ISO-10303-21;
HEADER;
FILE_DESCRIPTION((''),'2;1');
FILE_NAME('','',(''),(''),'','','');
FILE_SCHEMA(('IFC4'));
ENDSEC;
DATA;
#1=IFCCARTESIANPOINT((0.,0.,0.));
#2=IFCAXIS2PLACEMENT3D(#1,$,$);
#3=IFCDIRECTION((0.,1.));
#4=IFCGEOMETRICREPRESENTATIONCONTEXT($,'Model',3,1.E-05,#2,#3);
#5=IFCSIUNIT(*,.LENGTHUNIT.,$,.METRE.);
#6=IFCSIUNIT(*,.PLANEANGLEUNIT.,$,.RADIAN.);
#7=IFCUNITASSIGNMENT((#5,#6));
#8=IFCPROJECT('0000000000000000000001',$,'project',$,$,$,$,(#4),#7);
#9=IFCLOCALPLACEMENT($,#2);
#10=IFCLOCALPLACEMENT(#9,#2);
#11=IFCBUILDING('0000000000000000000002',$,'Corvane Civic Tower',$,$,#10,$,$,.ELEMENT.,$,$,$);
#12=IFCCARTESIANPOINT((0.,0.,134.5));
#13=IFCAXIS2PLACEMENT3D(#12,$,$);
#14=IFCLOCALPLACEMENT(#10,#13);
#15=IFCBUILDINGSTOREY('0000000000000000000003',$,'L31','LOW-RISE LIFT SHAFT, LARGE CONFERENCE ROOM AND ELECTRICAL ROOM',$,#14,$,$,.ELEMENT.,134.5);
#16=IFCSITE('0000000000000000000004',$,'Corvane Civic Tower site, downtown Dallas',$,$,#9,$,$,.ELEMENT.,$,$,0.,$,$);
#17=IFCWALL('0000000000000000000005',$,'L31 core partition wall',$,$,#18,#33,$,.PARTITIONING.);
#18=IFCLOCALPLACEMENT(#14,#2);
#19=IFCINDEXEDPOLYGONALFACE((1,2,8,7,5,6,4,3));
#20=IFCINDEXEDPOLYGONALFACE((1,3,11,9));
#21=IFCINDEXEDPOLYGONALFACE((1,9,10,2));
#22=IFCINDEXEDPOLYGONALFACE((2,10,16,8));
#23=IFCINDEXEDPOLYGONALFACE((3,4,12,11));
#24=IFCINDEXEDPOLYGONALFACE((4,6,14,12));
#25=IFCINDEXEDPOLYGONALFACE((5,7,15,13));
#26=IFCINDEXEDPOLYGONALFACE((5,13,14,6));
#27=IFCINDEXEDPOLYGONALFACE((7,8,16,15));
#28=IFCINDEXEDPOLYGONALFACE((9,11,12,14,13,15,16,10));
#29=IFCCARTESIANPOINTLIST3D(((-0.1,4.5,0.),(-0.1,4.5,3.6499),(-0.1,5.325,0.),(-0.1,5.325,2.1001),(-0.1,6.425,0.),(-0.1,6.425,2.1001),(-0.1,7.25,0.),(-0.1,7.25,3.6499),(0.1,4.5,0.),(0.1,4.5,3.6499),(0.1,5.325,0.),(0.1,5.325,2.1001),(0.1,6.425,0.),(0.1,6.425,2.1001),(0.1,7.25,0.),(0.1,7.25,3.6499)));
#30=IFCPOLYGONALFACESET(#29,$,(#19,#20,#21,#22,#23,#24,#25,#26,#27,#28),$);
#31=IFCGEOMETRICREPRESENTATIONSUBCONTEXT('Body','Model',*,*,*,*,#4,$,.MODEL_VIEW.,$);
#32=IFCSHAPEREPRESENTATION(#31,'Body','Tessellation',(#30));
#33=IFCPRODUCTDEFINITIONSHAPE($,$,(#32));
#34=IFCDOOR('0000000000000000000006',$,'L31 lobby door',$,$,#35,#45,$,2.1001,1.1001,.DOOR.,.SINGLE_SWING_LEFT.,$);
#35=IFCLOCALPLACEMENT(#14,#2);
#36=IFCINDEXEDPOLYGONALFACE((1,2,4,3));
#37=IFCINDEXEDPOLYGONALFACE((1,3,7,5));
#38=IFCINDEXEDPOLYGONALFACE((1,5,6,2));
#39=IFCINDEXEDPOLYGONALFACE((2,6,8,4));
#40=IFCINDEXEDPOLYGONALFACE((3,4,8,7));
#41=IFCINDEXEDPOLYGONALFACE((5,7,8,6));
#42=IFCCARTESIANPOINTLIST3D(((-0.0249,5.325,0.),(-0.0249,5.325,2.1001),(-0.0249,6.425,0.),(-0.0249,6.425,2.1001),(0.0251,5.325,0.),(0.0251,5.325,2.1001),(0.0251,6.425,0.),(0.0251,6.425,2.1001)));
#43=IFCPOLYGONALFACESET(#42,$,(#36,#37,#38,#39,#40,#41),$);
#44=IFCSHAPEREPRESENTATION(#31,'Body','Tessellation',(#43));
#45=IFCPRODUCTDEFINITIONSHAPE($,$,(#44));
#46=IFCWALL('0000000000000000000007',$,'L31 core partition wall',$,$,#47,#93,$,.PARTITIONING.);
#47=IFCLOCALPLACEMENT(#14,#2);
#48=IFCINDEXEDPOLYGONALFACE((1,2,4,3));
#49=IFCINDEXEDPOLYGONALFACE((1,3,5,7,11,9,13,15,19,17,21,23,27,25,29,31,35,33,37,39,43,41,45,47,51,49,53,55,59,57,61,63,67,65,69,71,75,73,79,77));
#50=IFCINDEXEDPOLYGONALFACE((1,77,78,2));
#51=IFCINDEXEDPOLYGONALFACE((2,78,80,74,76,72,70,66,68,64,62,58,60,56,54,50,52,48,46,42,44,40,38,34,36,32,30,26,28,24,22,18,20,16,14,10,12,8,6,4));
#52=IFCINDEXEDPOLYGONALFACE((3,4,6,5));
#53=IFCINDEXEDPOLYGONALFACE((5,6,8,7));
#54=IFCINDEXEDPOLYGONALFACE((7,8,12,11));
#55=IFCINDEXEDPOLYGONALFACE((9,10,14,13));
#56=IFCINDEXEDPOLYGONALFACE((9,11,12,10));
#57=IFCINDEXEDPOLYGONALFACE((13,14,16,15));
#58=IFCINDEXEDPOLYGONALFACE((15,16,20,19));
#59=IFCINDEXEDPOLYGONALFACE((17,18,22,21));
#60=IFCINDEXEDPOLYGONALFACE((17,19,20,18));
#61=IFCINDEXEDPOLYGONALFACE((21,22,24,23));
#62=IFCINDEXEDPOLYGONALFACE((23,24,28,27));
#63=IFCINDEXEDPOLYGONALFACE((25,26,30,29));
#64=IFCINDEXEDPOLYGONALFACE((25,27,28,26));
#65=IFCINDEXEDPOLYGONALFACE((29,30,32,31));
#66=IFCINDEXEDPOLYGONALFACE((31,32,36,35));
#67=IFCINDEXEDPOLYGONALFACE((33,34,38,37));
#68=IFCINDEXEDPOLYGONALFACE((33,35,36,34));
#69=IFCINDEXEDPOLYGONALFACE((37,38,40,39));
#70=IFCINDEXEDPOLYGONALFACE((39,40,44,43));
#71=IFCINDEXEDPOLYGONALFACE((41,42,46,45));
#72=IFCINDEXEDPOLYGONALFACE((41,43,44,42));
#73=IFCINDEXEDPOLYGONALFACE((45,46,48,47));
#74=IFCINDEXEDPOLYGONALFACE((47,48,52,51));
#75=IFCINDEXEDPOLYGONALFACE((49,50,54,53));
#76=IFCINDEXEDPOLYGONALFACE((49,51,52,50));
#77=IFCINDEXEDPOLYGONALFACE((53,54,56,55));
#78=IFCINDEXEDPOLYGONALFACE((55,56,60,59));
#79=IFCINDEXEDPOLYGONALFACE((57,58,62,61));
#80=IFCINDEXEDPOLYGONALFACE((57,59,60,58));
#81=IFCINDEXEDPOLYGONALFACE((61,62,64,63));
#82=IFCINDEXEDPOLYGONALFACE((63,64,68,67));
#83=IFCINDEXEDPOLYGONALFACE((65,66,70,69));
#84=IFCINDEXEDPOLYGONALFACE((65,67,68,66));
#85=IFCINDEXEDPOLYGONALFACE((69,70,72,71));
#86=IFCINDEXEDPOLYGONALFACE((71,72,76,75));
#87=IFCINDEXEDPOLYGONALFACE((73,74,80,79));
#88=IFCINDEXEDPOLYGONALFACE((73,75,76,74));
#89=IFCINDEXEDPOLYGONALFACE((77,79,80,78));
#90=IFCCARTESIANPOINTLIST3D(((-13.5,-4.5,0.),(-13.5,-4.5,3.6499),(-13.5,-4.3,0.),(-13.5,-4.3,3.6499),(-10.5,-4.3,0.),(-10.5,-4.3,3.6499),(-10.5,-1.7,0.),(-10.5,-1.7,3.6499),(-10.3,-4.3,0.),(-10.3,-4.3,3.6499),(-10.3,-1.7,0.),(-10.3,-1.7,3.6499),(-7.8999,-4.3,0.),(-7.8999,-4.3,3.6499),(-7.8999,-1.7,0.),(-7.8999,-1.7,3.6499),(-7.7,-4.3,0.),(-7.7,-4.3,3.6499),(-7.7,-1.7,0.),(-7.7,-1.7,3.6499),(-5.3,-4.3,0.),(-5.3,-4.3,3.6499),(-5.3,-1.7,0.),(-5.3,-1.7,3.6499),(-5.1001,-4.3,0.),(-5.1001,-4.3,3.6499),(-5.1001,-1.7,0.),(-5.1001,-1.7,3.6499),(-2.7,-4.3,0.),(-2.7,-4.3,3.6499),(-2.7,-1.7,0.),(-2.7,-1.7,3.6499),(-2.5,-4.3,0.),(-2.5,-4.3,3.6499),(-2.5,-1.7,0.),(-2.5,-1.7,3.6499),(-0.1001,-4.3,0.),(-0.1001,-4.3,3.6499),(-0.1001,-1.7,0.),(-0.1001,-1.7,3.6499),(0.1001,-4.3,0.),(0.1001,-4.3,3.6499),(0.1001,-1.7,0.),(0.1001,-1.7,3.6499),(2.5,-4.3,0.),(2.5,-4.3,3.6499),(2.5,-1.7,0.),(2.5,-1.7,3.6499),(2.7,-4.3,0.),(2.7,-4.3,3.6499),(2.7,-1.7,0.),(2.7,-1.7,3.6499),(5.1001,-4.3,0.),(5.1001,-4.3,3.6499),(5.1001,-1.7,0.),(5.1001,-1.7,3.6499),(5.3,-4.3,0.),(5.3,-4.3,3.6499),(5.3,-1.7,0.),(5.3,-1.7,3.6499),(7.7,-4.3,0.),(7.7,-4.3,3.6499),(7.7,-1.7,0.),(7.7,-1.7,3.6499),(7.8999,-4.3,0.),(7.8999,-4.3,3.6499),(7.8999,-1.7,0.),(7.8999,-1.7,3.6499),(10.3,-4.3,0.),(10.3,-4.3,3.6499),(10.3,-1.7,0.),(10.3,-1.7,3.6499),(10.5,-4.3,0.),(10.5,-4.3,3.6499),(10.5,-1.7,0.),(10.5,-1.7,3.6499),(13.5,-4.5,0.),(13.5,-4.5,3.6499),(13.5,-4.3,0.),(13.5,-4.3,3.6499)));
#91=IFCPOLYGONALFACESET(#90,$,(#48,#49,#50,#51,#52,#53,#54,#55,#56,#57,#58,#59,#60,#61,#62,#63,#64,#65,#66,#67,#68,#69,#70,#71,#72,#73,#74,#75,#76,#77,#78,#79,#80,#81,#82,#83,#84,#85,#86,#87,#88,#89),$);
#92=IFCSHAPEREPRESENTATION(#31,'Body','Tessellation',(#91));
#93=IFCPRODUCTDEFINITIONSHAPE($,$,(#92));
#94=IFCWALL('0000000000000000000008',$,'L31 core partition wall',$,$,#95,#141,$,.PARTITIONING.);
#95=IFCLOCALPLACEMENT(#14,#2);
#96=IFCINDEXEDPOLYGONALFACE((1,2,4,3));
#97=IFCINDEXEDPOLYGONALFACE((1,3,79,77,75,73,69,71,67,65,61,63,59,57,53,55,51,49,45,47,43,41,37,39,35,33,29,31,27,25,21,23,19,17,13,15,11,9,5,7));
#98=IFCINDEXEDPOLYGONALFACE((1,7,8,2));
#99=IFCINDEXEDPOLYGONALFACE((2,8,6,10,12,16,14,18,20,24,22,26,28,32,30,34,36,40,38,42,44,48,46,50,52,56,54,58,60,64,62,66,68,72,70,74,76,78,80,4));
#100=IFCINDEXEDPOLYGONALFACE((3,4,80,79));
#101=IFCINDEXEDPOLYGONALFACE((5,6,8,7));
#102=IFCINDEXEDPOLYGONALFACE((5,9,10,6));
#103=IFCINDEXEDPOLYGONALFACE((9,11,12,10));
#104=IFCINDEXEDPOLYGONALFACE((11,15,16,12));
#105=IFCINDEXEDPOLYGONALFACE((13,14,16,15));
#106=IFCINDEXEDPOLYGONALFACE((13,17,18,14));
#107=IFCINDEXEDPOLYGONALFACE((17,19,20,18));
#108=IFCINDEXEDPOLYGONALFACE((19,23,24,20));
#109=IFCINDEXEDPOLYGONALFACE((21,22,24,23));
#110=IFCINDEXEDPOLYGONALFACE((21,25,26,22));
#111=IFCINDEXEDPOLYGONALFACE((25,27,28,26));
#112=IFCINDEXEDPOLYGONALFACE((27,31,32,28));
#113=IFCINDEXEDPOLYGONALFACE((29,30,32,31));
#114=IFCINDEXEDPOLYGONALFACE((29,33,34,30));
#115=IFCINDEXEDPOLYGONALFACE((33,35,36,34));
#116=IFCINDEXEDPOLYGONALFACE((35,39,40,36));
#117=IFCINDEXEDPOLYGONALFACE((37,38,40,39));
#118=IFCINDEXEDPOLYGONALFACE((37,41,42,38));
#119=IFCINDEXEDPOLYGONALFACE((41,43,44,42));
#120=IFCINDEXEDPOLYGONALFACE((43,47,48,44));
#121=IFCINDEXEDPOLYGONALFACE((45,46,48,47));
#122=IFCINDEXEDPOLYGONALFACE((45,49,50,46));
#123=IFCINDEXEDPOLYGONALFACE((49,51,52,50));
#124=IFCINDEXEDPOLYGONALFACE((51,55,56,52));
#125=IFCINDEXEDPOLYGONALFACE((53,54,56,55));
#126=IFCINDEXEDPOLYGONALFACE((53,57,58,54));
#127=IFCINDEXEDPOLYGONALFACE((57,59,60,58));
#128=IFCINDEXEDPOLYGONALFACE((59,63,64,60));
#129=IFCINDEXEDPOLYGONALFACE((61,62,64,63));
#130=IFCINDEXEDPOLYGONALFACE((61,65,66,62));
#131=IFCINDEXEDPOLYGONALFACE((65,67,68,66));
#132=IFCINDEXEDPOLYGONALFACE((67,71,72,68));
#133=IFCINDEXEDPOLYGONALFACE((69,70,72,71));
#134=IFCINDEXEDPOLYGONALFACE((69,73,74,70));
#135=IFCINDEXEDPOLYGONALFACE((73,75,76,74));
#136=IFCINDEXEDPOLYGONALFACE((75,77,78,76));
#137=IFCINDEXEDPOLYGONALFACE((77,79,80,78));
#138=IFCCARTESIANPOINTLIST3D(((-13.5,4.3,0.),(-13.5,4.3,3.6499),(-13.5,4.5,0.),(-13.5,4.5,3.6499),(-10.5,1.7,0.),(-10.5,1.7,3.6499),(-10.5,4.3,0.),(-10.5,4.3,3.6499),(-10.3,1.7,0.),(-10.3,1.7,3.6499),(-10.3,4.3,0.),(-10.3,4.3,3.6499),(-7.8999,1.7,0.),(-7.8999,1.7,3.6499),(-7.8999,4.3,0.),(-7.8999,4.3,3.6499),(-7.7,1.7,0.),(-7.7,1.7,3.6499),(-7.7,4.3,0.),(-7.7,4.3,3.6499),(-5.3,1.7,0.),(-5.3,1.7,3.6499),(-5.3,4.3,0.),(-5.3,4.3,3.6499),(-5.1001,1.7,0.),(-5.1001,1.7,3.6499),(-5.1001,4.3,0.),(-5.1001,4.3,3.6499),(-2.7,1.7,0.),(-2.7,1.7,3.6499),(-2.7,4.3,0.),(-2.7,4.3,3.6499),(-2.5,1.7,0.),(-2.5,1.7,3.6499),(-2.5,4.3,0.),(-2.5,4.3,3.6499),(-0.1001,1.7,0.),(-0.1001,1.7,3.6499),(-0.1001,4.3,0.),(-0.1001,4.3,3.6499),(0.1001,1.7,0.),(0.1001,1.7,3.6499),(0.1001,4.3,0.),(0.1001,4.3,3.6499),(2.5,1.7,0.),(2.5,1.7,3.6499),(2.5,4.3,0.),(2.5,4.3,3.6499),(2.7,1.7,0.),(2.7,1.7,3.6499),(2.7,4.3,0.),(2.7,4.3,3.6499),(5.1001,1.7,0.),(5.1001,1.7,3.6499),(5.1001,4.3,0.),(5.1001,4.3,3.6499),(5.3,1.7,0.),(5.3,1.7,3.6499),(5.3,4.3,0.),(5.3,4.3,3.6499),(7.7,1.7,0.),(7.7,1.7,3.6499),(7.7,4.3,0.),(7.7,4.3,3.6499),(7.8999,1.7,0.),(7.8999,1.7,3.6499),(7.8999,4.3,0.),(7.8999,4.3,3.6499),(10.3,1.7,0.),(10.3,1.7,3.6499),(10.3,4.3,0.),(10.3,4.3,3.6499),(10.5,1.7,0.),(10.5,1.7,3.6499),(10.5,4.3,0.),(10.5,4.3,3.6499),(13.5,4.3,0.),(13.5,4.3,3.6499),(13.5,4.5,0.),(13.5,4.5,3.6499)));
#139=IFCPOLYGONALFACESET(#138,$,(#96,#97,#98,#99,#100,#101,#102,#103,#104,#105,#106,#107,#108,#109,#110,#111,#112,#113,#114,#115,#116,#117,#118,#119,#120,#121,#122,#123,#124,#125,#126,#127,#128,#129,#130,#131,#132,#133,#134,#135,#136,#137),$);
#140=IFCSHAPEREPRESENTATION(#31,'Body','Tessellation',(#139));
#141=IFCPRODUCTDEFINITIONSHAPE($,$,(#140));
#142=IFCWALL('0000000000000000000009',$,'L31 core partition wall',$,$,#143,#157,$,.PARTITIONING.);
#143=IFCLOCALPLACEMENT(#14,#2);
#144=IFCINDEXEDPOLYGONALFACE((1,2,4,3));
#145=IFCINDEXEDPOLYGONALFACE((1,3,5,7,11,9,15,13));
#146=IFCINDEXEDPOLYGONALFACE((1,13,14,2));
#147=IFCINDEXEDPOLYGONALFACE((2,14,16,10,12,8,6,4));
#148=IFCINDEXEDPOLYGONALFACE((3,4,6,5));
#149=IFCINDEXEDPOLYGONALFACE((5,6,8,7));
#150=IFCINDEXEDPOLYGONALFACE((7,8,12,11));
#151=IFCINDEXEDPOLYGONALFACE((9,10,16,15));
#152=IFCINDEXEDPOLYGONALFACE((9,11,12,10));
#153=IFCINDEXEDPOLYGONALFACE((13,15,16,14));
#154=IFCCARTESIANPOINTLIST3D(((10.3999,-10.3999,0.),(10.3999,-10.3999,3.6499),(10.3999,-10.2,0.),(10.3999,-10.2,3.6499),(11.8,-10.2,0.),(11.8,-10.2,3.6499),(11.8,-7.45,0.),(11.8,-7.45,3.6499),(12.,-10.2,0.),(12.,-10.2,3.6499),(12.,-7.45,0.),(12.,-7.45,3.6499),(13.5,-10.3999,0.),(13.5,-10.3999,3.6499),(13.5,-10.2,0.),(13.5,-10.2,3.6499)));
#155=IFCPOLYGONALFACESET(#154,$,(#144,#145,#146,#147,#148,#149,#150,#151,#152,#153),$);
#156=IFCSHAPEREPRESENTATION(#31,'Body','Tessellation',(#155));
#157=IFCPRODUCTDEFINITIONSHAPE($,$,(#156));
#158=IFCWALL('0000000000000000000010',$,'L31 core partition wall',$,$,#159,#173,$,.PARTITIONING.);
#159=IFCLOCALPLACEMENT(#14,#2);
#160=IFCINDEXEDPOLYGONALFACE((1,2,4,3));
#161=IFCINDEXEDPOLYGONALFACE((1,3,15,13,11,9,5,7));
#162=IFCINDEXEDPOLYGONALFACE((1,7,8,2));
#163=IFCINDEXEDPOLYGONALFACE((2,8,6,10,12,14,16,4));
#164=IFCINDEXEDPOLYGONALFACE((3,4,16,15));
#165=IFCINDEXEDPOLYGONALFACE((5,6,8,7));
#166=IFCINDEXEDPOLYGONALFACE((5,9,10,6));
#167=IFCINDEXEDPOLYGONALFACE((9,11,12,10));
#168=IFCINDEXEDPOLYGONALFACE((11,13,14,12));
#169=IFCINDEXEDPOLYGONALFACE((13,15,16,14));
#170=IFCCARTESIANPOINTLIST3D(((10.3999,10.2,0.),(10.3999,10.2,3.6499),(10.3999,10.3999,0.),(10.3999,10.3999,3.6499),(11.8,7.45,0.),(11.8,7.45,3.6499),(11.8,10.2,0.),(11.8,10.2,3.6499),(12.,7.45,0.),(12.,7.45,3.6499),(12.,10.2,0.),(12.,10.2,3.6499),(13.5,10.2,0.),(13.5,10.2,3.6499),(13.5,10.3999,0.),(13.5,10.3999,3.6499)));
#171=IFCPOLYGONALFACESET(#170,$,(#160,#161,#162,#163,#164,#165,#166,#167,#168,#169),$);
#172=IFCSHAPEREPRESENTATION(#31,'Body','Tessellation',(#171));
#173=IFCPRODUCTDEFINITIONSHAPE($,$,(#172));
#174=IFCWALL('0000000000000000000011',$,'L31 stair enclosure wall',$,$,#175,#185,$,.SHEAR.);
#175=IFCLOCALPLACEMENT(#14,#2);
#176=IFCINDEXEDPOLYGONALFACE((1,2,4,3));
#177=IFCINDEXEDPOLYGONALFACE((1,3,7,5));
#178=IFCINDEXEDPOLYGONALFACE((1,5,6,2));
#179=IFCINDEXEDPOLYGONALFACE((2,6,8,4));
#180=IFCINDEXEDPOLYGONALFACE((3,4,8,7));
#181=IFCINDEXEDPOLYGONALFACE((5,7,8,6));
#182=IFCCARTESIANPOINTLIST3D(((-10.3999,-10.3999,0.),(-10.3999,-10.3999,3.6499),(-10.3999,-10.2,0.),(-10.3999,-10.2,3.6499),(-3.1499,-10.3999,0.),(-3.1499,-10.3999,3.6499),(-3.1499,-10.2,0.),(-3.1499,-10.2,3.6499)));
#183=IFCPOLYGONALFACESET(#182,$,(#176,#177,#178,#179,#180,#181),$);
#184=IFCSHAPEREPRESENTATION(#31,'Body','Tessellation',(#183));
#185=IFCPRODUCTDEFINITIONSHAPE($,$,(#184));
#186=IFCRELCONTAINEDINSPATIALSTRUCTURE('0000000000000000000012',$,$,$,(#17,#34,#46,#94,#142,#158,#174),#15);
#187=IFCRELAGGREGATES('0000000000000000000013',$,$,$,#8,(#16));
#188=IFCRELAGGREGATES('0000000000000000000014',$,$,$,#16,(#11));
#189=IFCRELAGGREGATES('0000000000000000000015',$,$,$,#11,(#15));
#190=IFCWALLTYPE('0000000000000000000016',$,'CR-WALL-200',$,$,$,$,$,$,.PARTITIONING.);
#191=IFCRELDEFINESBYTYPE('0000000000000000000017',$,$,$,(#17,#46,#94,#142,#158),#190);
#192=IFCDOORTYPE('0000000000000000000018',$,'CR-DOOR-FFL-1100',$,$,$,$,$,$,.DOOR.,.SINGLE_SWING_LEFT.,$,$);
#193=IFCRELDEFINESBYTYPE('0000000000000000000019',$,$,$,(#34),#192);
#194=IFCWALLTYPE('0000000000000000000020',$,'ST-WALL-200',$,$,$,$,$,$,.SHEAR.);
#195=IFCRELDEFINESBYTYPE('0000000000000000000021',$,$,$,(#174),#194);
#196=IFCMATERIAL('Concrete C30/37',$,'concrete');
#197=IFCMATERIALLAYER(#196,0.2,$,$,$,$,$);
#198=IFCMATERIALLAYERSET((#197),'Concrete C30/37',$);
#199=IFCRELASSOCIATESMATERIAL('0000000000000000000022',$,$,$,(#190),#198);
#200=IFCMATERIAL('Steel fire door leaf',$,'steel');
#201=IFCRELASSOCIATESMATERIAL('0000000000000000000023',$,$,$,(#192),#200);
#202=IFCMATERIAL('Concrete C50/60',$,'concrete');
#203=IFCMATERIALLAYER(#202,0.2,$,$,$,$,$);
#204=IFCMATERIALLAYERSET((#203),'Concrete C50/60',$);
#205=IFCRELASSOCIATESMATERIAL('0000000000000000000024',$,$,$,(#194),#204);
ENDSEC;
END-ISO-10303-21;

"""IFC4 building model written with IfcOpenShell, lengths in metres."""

from ifc_helpers import new_model, si_unit, direction, frame, frame_2d, origin, place, context, subcontext, project, spatial, polyline, rectangle, outline, extrude, material, layer, layer_set, type_object, element, fill, save


model = new_model("IFC4")

# Units and contexts
model_context = context("Model", 3, precision=1e-05, world=origin(), true_north=direction((0.0, 1.0)))
body_context = subcontext(model_context, "Body", "Model", "MODEL_VIEW")
ifc_project = project(units=[si_unit("LENGTHUNIT", "METRE"), si_unit("PLANEANGLEUNIT", "RADIAN")], contexts=[model_context])

# Site, building, storey
site_placement = place(None, origin())
site = spatial("IfcSite", under=ifc_project, at=site_placement, Name="Corvane Civic Tower site, downtown Dallas", CompositionType="ELEMENT", RefElevation=0.0)
building_placement = place(site_placement, origin())
building = spatial("IfcBuilding", under=site, at=building_placement, Name="Corvane Civic Tower", CompositionType="ELEMENT")
storey_placement = place(building_placement, frame((0.0, 0.0, 134.5)))
storey = spatial("IfcBuildingStorey", under=building, at=storey_placement, Name="L31", Description="LOW-RISE LIFT SHAFT, LARGE CONFERENCE ROOM AND ELECTRICAL ROOM", CompositionType="ELEMENT", Elevation=134.5)

# Wall, opening, door
ifc_material_1 = material(Name="Concrete C30/37", Category="concrete")
ifc_layer_1 = layer(ifc_material_1, 0.2)
ifc_layer_set_1 = layer_set([ifc_layer_1], Name="Concrete C30/37")
wall_type_1 = type_object("IfcWallType", Name="CR-WALL-200", PredefinedType="PARTITIONING", material=ifc_layer_set_1)
wall_1_placement = place(storey_placement, frame((0.0, 4.5, 0.0), z_axis=(0.0, 0.0, 1.0), x_axis=(0.0, 1.0, 0.0)))
wall_1 = element("IfcWall", 1, at=wall_1_placement, inside=storey, type_object=wall_type_1, Name="L31 core partition wall", PredefinedType="PARTITIONING", context=body_context, shape_type="SweptSolid", body=[
    extrude(rectangle(XDim=2.75, YDim=0.2, at=frame_2d((1.375, 0.0))), origin(), (0.0, 0.0, 1.0), 3.6499),
])
opening_placement = place(wall_1_placement, frame((0.825, 0.0, 0.0)))
opening = element("IfcOpeningElement", 2, at=opening_placement, cuts=wall_1, PredefinedType="OPENING", context=body_context, shape_type="SweptSolid", body=[
    extrude(rectangle(XDim=1.1001, YDim=2.1001, at=frame_2d((0.55, 1.05))), frame((0.0, 0.1099, 0.0), z_axis=(0.0, -1.0, 0.0), x_axis=(1.0, 0.0, 0.0)), (0.0, 0.0, 1.0), 0.22),
])
ifc_material_2 = material(Name="Steel fire door leaf", Category="steel")
door_type = type_object("IfcDoorType", Name="CR-DOOR-FFL-1100", OperationType="SINGLE_SWING_LEFT", PredefinedType="DOOR", material=ifc_material_2)
door_placement = place(opening_placement, origin())
door = element("IfcDoor", 3, at=door_placement, inside=storey, type_object=door_type, Name="L31 lobby door", OperationType="SINGLE_SWING_LEFT", OverallHeight=2.1001, OverallWidth=1.1001, PredefinedType="DOOR", context=body_context, shape_type="SweptSolid", body=[
    extrude(rectangle(XDim=1.1001, YDim=2.1001, at=frame_2d((0.55, 1.05))), frame((0.0, 0.0249, 0.0), z_axis=(0.0, -1.0, 0.0), x_axis=(1.0, 0.0, 0.0)), (0.0, 0.0, 1.0), 0.05),
])
fill(opening, door)

# Walls
wall_2_placement = place(storey_placement, origin())
element("IfcWall", 4, at=wall_2_placement, inside=storey, type_object=wall_type_1, Name="L31 core partition wall", PredefinedType="PARTITIONING", context=body_context, shape_type="SweptSolid", body=[
    extrude(outline(polyline([(-10.3, -1.7), (-10.3, -4.3), (-7.8999, -4.3), (-7.8999, -1.7), (-7.7, -1.7), (-7.7, -4.3), (-5.3, -4.3), (-5.3, -1.7), (-5.1001, -1.7), (-5.1001, -4.3), (-2.7, -4.3), (-2.7, -1.7), (-2.5, -1.7), (-2.5, -4.3), (-0.1001, -4.3), (-0.1001, -1.7), (0.1001, -1.7), (0.1001, -4.3), (2.5, -4.3), (2.5, -1.7), (2.7, -1.7), (2.7, -4.3), (5.1001, -4.3), (5.1001, -1.7), (5.3, -1.7), (5.3, -4.3), (7.7, -4.3), (7.7, -1.7), (7.8999, -1.7), (7.8999, -4.3), (10.3, -4.3), (10.3, -1.7), (10.5, -1.7), (10.5, -4.3), (13.5, -4.3), (13.5, -4.5), (-13.5, -4.5), (-13.5, -4.3), (-10.5, -4.3), (-10.5, -1.7), (-10.3, -1.7)])), origin(), (0.0, 0.0, 1.0), 3.6499),
])
wall_3_placement = place(storey_placement, origin())
element("IfcWall", 5, at=wall_3_placement, inside=storey, type_object=wall_type_1, Name="L31 core partition wall", PredefinedType="PARTITIONING", context=body_context, shape_type="SweptSolid", body=[
    extrude(outline(polyline([(-10.3, 1.7), (-10.5, 1.7), (-10.5, 4.3), (-13.5, 4.3), (-13.5, 4.5), (13.5, 4.5), (13.5, 4.3), (10.5, 4.3), (10.5, 1.7), (10.3, 1.7), (10.3, 4.3), (7.8999, 4.3), (7.8999, 1.7), (7.7, 1.7), (7.7, 4.3), (5.3, 4.3), (5.3, 1.7), (5.1001, 1.7), (5.1001, 4.3), (2.7, 4.3), (2.7, 1.7), (2.5, 1.7), (2.5, 4.3), (0.1001, 4.3), (0.1001, 1.7), (-0.1001, 1.7), (-0.1001, 4.3), (-2.5, 4.3), (-2.5, 1.7), (-2.7, 1.7), (-2.7, 4.3), (-5.1001, 4.3), (-5.1001, 1.7), (-5.3, 1.7), (-5.3, 4.3), (-7.7, 4.3), (-7.7, 1.7), (-7.8999, 1.7), (-7.8999, 4.3), (-10.3, 4.3), (-10.3, 1.7)])), origin(), (0.0, 0.0, 1.0), 3.6499),
])
wall_4_placement = place(storey_placement, origin())
element("IfcWall", 6, at=wall_4_placement, inside=storey, type_object=wall_type_1, Name="L31 core partition wall", PredefinedType="PARTITIONING", context=body_context, shape_type="SweptSolid", body=[
    extrude(outline(polyline([(11.8, -7.45), (12.0, -7.45), (12.0, -10.2), (13.5, -10.2), (13.5, -10.3999), (10.3999, -10.3999), (10.3999, -10.2), (11.8, -10.2), (11.8, -7.45)])), origin(), (0.0, 0.0, 1.0), 3.6499),
])
wall_5_placement = place(storey_placement, origin())
element("IfcWall", 7, at=wall_5_placement, inside=storey, type_object=wall_type_1, Name="L31 core partition wall", PredefinedType="PARTITIONING", context=body_context, shape_type="SweptSolid", body=[
    extrude(outline(polyline([(13.5, 10.3999), (13.5, 10.2), (12.0, 10.2), (12.0, 7.45), (11.8, 7.45), (11.8, 10.2), (10.3999, 10.2), (10.3999, 10.3999), (13.5, 10.3999)])), origin(), (0.0, 0.0, 1.0), 3.6499),
])
ifc_material_3 = material(Name="Concrete C50/60", Category="concrete")
ifc_layer_2 = layer(ifc_material_3, 0.2)
ifc_layer_set_2 = layer_set([ifc_layer_2], Name="Concrete C50/60")
wall_type_2 = type_object("IfcWallType", Name="ST-WALL-200", PredefinedType="SHEAR", material=ifc_layer_set_2)
wall_6_placement = place(storey_placement, origin())
element("IfcWall", 8, at=wall_6_placement, inside=storey, type_object=wall_type_2, Name="L31 stair enclosure wall", PredefinedType="SHEAR", context=body_context, shape_type="SweptSolid", body=[
    extrude(outline(polyline([(-3.1499, -10.2), (-3.1499, -10.3999), (-10.3999, -10.3999), (-10.3999, -10.2), (-3.1499, -10.2)])), origin(), (0.0, 0.0, 1.0), 3.6499),
])

save(model, "model.ifc")
